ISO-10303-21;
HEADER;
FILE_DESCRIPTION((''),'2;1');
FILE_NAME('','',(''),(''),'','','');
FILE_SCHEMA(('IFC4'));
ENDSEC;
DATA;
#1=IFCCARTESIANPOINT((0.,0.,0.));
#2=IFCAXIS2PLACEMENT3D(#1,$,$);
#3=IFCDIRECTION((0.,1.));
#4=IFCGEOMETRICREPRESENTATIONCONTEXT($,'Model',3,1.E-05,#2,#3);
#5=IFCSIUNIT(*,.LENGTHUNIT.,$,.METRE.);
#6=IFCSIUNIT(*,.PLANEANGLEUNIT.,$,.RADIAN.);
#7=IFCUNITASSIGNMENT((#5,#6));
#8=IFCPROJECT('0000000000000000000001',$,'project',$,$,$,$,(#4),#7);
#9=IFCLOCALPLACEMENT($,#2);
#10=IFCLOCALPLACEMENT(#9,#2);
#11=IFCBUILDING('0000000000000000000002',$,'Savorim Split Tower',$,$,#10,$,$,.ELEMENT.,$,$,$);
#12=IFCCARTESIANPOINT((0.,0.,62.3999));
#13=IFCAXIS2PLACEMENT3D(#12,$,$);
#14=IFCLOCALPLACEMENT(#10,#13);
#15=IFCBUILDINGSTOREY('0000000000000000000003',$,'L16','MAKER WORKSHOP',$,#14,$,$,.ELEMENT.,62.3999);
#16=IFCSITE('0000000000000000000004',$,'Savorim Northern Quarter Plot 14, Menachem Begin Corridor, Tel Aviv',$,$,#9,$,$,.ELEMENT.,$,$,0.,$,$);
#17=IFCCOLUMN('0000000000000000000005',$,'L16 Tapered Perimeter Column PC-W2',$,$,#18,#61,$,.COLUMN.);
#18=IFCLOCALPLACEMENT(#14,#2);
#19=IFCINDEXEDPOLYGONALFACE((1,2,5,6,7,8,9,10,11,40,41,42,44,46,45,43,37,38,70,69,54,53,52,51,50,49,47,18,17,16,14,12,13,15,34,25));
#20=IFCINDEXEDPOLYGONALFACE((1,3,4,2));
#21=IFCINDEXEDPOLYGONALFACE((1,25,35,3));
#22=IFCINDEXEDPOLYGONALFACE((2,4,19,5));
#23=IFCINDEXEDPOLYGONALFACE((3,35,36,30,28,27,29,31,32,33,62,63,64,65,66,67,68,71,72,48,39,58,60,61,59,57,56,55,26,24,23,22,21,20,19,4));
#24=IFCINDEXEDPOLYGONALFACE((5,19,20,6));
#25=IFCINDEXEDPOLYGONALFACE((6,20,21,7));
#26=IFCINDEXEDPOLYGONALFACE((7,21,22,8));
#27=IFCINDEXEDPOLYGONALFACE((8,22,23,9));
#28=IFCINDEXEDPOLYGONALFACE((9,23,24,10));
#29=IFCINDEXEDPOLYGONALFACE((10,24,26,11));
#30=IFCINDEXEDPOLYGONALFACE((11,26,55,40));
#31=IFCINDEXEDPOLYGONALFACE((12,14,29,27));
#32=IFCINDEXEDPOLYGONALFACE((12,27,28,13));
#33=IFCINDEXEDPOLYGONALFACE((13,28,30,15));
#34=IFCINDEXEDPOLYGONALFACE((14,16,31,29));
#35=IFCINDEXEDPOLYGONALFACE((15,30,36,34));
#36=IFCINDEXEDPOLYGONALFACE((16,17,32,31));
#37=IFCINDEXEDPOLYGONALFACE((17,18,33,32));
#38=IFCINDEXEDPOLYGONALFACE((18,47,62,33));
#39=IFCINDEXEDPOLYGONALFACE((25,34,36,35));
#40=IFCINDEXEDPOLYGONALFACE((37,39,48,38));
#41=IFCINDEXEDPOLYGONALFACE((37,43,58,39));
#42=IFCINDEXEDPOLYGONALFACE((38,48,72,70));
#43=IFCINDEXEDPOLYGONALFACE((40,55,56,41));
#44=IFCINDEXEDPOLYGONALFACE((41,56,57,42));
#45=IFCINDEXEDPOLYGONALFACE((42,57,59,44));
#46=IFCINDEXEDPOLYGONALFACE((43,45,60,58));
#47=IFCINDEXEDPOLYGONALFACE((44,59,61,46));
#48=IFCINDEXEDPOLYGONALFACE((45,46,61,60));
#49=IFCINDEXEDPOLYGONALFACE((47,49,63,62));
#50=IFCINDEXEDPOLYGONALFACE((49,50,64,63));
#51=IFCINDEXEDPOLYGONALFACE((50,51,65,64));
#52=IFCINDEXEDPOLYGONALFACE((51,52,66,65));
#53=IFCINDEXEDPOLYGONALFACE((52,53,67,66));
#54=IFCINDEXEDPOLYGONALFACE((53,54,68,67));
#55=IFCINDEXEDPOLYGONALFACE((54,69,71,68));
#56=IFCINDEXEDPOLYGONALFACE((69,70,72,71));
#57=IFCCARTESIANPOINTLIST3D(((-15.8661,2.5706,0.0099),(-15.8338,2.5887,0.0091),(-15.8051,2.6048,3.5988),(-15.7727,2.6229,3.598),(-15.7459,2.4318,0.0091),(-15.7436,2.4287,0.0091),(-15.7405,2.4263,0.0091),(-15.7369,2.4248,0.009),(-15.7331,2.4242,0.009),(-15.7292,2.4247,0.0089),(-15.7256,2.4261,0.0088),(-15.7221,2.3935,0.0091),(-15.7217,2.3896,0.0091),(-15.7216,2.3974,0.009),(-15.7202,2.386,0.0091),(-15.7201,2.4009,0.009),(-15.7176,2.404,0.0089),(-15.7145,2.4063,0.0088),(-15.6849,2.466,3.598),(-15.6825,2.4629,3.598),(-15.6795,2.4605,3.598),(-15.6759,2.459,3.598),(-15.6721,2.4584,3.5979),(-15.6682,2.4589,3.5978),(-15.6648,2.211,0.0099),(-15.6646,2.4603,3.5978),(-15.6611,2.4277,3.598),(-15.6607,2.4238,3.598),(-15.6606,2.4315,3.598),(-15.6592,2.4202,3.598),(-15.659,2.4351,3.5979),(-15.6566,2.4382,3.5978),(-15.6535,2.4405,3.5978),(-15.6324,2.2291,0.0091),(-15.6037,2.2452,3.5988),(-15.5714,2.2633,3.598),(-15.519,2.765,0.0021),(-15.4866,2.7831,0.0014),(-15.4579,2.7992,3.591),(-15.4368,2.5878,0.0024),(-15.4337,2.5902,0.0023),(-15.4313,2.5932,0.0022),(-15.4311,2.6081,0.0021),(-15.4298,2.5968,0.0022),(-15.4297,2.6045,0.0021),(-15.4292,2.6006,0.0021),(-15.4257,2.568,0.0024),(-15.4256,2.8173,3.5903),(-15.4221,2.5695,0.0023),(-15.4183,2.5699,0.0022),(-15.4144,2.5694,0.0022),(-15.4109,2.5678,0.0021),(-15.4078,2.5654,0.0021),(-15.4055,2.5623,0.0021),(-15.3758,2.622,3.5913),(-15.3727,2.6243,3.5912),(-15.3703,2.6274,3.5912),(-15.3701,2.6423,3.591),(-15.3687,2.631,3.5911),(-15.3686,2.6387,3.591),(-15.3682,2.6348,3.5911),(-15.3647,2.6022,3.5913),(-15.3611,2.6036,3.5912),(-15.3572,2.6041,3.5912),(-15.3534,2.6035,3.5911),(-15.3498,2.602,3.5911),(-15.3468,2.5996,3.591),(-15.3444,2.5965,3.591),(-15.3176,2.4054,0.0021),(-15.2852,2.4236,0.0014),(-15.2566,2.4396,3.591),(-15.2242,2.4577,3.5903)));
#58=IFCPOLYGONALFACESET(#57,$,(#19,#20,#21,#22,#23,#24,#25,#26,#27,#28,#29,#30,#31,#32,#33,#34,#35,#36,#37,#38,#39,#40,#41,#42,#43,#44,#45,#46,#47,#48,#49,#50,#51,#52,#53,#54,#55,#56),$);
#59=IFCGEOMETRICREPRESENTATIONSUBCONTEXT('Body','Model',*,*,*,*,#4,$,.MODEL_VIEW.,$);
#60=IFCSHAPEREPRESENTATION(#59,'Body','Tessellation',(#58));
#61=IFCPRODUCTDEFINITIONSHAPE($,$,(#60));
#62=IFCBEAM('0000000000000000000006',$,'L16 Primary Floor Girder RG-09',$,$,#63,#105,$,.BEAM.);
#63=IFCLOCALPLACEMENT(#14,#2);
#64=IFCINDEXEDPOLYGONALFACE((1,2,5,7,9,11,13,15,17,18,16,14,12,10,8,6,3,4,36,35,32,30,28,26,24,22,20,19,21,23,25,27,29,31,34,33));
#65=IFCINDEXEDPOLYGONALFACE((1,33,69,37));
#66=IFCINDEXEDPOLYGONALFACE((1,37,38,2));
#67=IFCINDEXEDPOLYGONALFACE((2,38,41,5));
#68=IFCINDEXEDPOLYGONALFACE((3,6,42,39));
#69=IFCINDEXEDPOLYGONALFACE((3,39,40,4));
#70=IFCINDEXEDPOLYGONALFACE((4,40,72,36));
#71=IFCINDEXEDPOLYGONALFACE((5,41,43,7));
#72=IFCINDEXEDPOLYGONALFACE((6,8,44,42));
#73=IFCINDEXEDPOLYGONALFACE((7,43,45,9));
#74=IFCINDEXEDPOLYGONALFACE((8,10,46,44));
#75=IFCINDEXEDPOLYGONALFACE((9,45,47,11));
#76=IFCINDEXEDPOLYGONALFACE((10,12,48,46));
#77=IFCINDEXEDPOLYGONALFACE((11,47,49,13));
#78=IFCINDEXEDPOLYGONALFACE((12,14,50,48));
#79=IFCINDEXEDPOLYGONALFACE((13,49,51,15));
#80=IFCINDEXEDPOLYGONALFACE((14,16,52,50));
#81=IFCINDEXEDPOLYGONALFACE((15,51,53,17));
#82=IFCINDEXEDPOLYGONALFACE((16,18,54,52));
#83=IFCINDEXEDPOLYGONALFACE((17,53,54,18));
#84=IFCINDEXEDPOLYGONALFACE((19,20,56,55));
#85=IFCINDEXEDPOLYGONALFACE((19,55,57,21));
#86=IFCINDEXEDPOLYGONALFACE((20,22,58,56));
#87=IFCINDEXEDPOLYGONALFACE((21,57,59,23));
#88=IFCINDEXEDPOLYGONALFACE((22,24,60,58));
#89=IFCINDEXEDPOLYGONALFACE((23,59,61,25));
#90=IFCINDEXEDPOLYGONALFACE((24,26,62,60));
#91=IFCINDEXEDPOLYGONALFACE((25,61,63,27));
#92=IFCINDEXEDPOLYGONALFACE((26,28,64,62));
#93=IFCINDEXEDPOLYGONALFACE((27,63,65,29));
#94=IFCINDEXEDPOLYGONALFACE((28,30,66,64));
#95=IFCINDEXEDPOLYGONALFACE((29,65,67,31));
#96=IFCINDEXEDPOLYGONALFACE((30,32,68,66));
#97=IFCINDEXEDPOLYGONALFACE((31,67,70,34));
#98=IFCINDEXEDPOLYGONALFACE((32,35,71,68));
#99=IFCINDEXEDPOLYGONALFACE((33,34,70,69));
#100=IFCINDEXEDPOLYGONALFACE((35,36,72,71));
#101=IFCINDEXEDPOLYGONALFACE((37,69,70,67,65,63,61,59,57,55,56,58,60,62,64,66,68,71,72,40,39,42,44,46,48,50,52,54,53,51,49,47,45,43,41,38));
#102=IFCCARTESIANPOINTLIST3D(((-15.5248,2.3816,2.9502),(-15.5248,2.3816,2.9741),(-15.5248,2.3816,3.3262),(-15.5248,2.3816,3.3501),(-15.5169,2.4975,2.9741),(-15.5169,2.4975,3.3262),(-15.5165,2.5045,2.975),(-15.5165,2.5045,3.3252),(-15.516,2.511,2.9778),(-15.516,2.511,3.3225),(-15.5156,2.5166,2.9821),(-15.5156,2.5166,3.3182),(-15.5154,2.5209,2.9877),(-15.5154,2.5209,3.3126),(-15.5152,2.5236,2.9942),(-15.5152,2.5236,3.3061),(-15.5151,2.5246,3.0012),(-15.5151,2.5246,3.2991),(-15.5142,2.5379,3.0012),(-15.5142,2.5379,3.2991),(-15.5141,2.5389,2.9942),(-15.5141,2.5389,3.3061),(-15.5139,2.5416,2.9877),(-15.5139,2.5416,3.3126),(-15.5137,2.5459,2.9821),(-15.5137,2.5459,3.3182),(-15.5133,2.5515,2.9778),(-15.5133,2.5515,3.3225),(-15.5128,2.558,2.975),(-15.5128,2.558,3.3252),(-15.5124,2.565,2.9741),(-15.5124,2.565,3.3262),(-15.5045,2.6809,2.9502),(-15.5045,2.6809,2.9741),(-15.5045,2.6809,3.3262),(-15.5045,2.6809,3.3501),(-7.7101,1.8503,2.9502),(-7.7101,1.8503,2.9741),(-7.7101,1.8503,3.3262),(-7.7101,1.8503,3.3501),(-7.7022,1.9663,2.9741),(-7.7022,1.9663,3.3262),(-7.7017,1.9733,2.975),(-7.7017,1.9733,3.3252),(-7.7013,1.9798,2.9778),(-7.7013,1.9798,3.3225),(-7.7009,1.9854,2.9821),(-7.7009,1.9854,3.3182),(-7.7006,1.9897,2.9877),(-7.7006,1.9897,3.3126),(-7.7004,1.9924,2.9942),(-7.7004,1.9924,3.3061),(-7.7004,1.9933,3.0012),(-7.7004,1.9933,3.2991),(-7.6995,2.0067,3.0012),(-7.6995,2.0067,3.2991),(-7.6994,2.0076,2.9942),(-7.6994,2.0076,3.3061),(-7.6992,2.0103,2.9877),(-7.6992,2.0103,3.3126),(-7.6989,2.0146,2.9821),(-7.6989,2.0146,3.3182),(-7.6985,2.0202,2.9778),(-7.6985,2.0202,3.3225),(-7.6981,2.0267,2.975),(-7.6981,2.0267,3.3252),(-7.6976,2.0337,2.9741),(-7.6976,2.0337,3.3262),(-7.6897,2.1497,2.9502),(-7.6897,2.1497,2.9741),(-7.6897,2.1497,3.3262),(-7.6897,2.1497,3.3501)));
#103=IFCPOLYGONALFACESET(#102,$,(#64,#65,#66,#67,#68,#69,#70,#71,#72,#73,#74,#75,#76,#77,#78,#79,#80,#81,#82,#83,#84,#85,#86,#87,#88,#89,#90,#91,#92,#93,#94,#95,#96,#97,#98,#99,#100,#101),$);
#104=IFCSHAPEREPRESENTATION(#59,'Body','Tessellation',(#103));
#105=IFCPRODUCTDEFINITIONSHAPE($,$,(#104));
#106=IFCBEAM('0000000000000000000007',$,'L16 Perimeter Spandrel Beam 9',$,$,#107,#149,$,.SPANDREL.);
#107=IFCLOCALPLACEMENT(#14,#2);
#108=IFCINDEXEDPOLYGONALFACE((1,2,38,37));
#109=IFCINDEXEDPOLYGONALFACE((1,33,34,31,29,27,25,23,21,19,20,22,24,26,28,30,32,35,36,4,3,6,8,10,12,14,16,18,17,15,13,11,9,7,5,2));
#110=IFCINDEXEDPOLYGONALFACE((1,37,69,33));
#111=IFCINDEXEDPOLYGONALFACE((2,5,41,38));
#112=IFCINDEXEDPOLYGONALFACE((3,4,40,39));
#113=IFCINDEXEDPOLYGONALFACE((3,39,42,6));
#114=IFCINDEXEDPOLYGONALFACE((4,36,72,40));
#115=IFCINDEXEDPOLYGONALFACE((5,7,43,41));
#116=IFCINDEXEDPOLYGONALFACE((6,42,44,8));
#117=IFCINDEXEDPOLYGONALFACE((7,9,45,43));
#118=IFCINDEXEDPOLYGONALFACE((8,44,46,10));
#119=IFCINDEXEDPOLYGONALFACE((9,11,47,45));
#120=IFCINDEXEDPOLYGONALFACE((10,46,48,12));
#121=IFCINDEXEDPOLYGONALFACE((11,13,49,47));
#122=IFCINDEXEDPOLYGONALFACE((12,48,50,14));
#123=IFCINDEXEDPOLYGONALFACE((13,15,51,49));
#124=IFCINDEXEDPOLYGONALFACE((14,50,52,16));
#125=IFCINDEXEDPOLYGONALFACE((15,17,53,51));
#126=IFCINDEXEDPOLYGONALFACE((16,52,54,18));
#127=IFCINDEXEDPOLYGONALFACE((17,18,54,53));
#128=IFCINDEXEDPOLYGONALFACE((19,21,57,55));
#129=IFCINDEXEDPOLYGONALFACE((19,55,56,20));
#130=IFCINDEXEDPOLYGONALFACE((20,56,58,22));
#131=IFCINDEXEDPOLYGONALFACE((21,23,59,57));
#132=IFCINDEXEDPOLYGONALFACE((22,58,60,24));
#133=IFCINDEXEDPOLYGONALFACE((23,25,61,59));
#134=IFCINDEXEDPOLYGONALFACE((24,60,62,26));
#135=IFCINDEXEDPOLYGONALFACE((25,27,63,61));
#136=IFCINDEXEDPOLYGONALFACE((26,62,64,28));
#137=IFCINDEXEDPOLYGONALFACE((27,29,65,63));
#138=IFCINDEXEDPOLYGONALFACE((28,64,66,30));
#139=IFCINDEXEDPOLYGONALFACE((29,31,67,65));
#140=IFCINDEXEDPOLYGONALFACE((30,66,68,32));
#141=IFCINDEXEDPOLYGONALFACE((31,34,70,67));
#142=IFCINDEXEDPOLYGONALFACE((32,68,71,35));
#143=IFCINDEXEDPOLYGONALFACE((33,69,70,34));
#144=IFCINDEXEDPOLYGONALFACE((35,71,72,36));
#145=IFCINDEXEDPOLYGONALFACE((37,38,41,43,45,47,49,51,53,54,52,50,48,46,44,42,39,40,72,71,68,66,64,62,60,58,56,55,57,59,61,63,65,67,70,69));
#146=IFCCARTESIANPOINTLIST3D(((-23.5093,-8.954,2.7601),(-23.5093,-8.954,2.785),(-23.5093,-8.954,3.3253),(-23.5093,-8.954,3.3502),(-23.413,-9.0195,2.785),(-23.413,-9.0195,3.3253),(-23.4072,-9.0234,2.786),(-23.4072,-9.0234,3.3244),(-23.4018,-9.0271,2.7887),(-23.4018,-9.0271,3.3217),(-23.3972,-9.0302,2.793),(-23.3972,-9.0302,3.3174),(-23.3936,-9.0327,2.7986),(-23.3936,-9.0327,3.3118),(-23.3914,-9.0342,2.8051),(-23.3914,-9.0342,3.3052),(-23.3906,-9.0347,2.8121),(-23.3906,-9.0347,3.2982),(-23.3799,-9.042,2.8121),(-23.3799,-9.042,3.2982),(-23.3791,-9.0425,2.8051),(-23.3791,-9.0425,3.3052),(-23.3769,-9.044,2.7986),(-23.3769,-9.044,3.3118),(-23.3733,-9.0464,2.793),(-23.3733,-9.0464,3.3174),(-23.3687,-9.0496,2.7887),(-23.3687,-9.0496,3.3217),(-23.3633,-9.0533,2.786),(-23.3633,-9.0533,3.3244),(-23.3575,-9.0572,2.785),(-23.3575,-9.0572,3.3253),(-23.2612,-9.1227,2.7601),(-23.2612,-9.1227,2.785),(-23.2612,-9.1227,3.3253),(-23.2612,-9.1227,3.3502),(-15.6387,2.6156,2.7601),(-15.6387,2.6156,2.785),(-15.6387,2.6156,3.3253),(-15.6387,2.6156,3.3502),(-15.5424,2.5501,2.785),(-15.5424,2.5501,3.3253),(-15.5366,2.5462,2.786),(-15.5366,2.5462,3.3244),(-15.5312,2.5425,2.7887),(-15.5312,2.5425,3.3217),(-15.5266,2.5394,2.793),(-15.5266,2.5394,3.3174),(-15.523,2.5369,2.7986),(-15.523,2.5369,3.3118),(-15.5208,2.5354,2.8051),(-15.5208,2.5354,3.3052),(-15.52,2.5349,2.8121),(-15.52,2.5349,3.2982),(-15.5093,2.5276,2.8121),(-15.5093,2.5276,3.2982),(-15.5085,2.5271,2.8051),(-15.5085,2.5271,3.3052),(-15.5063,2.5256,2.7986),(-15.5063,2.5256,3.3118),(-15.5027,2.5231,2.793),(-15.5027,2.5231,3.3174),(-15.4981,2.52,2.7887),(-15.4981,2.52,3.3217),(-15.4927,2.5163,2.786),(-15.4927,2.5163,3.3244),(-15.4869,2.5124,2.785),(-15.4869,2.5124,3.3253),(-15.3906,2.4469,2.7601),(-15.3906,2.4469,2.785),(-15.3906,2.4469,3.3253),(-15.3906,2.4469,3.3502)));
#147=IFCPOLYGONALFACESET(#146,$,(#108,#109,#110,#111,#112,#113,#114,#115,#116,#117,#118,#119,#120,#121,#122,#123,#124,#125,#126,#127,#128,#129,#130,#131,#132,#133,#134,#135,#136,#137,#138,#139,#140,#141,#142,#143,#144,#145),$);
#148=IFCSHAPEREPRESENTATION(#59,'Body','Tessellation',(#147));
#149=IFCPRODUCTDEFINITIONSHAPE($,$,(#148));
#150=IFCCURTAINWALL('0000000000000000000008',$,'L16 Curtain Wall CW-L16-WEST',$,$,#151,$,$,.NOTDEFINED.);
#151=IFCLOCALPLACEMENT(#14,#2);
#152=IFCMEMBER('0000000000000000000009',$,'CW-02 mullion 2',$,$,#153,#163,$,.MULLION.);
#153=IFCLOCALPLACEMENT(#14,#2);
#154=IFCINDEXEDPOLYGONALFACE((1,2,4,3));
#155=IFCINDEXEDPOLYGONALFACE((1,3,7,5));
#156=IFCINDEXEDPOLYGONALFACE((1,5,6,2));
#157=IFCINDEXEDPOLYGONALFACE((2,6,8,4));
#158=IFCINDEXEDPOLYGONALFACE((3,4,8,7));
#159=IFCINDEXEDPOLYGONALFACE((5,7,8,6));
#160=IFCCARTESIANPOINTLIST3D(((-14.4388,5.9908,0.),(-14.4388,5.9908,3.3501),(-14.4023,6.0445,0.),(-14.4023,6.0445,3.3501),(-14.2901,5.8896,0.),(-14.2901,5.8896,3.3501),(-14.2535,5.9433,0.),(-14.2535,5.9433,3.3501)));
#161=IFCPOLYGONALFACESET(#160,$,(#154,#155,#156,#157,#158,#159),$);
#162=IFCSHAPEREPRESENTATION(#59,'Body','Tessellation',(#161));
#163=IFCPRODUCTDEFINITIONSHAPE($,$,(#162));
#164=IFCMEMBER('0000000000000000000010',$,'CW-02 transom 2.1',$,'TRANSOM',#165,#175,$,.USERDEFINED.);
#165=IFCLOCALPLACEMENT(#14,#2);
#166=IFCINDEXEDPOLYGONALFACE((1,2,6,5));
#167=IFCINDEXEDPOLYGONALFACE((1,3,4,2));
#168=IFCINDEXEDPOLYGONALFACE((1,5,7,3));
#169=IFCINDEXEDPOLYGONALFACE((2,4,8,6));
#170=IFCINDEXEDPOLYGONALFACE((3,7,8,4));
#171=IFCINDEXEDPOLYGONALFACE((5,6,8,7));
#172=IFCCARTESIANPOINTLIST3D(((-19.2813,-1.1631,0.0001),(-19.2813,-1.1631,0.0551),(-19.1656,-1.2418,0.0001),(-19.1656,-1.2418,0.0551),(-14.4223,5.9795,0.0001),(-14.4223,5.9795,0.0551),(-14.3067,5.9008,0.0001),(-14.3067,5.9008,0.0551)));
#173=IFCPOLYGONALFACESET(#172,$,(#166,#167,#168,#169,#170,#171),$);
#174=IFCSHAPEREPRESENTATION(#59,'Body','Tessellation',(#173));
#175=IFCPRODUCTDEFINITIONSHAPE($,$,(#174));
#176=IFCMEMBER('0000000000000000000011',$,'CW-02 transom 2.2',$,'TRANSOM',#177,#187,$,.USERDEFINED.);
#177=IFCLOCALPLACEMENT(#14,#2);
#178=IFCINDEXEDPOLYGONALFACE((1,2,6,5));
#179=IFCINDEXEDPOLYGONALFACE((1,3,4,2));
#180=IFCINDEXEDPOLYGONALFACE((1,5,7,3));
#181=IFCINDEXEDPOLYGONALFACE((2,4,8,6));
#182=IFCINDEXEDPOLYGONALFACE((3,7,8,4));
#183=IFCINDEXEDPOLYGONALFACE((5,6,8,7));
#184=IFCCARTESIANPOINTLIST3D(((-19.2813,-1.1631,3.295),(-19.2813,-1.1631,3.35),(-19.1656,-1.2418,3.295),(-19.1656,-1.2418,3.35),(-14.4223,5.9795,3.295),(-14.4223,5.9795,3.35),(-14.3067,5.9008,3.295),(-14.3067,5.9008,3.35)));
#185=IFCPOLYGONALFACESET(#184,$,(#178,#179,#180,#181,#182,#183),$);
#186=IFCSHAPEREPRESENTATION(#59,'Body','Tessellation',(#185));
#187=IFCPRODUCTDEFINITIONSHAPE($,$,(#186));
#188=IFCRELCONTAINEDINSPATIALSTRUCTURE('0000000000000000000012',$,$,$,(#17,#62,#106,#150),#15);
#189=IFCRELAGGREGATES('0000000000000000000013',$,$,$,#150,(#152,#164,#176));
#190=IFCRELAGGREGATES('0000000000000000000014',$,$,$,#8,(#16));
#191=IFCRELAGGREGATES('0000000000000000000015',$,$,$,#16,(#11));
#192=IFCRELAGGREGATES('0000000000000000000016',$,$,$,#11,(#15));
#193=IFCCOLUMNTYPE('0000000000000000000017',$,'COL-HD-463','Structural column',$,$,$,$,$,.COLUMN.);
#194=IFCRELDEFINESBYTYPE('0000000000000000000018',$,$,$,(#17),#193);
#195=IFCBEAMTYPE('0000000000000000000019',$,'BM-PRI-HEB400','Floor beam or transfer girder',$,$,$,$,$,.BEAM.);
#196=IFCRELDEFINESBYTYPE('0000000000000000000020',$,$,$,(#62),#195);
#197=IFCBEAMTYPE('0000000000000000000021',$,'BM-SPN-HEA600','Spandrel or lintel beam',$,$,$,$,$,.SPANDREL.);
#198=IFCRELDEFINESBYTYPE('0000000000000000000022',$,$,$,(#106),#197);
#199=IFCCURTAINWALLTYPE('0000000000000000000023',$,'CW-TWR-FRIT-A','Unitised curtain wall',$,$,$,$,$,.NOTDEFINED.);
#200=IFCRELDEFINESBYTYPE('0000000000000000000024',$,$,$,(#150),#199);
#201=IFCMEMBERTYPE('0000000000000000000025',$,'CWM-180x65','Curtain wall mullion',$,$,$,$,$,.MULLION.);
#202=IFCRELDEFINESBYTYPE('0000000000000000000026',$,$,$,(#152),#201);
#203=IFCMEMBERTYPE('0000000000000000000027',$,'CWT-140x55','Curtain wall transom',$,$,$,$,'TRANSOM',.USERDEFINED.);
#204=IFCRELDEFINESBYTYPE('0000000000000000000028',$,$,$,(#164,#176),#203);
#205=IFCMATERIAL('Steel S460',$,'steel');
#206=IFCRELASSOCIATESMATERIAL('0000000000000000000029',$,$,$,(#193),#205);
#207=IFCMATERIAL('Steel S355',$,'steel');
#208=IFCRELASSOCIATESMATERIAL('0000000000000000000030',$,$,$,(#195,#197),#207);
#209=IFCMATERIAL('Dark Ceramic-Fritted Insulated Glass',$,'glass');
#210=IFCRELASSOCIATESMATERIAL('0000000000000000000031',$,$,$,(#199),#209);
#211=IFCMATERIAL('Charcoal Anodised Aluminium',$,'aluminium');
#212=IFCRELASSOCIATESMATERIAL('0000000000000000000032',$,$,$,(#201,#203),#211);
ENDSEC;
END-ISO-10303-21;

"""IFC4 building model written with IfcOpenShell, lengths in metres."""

from ifc_helpers import new_model, si_unit, direction, frame, origin, origin_2d, place, context, subcontext, project, spatial, rectangle, i_section, extrude, material, material_profile, profile_set, type_object, element, aggregate, save


model = new_model("IFC4")

# Units and contexts
model_context = context("Model", 3, precision=1e-05, world=origin(), true_north=direction((0.0, 1.0)))
body_context = subcontext(model_context, "Body", "Model", "MODEL_VIEW")
ifc_project = project(units=[si_unit("LENGTHUNIT", "METRE"), si_unit("PLANEANGLEUNIT", "RADIAN")], contexts=[model_context])

# Site, building, storey
site_placement = place(None, origin())
site = spatial("IfcSite", under=ifc_project, at=site_placement, Name="Savorim Northern Quarter Plot 14, Menachem Begin Corridor, Tel Aviv", CompositionType="ELEMENT", RefElevation=0.0)
building_placement = place(site_placement, origin())
building = spatial("IfcBuilding", under=site, at=building_placement, Name="Savorim Split Tower", CompositionType="ELEMENT")
storey_placement = place(building_placement, frame((0.0, 0.0, 62.3999)))
storey = spatial("IfcBuildingStorey", under=building, at=storey_placement, Name="L16", Description="MAKER WORKSHOP", CompositionType="ELEMENT", Elevation=62.3999)

# Column
ifc_material_1 = material(Name="Steel S460", Category="steel")
ifc_material_profile_1 = material_profile(ifc_material_1, i_section(OverallWidth=0.4121, OverallDepth=0.4351, WebThickness=0.0227, FlangeThickness=0.0371, FilletRadius=0.0149, at=origin_2d()), Name="HD 400x463")
ifc_profile_set_1 = profile_set([ifc_material_profile_1], Name="Steel S460")
column_type = type_object("IfcColumnType", Name="COL-HD-463", Description="Structural column", PredefinedType="COLUMN", material=ifc_profile_set_1)
column_placement = place(storey_placement, frame((-15.5757, 2.4971, 0.0056), z_axis=(0.017004, 0.009522, 0.99981), x_axis=(-0.488603, 0.872506, 0.0)))
element("IfcColumn", 1, at=column_placement, inside=storey, type_object=column_type, Name="L16 Tapered Perimeter Column PC-W2", PredefinedType="COLUMN", context=body_context, shape_type="SweptSolid", body=[
    extrude(i_section(OverallWidth=0.4121, OverallDepth=0.4351, WebThickness=0.0227, FlangeThickness=0.0371, FilletRadius=0.0149, at=origin_2d()), origin(), (0.0, 0.0, 1.0), 3.5896),
])

# Beams
ifc_material_2 = material(Name="Steel S355", Category="steel")
ifc_material_profile_2 = material_profile(ifc_material_2, i_section(OverallWidth=0.3, OverallDepth=0.3999, WebThickness=0.0134, FlangeThickness=0.0239, FilletRadius=0.0271, at=origin_2d()), Name="HEB 400")
ifc_profile_set_2 = profile_set([ifc_material_profile_2], Name="Steel S355")
beam_type_1 = type_object("IfcBeamType", Name="BM-PRI-HEB400", Description="Floor beam or transfer girder", PredefinedType="BEAM", material=ifc_profile_set_2)
beam_1_placement = place(storey_placement, frame((-15.5146, 2.5312, 3.1501), z_axis=(0.997697, -0.067824, 0.0), x_axis=(0.067824, 0.997697, 0.0)))
element("IfcBeam", 2, at=beam_1_placement, inside=storey, type_object=beam_type_1, Name="L16 Primary Floor Girder RG-09", PredefinedType="BEAM", context=body_context, shape_type="SweptSolid", body=[
    extrude(i_section(OverallWidth=0.3, OverallDepth=0.3999, WebThickness=0.0134, FlangeThickness=0.0239, FilletRadius=0.0271, at=origin_2d()), origin(), (0.0, 0.0, 1.0), 7.8328),
])
ifc_material_profile_3 = material_profile(ifc_material_2, i_section(OverallWidth=0.3, OverallDepth=0.5901, WebThickness=0.0129, FlangeThickness=0.0249, FilletRadius=0.0271, at=origin_2d()), Name="HEA 600")
ifc_profile_set_3 = profile_set([ifc_material_profile_3], Name="Steel S355")
beam_type_2 = type_object("IfcBeamType", Name="BM-SPN-HEA600", Description="Spandrel or lintel beam", PredefinedType="SPANDREL", material=ifc_profile_set_3)
beam_2_placement = place(storey_placement, frame((-15.5146, 2.5312, 3.0552), z_axis=(-0.562471, -0.826817, 0.0), x_axis=(0.826817, -0.562471, 0.0)))
element("IfcBeam", 3, at=beam_2_placement, inside=storey, type_object=beam_type_2, Name="L16 Perimeter Spandrel Beam 9", PredefinedType="SPANDREL", context=body_context, shape_type="SweptSolid", body=[
    extrude(i_section(OverallWidth=0.3, OverallDepth=0.5901, WebThickness=0.0129, FlangeThickness=0.0249, FilletRadius=0.0271, at=origin_2d()), origin(), (0.0, 0.0, 1.0), 13.9929),
])

# Curtain wall, members
ifc_material_3 = material(Name="Dark Ceramic-Fritted Insulated Glass", Category="glass")
curtain_wall_type = type_object("IfcCurtainWallType", Name="CW-TWR-FRIT-A", Description="Unitised curtain wall", PredefinedType="NOTDEFINED", material=ifc_material_3)
curtain_wall_placement = place(storey_placement, origin())
curtain_wall = element("IfcCurtainWall", 4, at=curtain_wall_placement, inside=storey, type_object=curtain_wall_type, Name="L16 Curtain Wall CW-L16-WEST", PredefinedType="NOTDEFINED")
ifc_material_4 = material(Name="Charcoal Anodised Aluminium", Category="aluminium")
ifc_material_profile_4 = material_profile(ifc_material_4, rectangle(XDim=0.1799, YDim=0.0649, at=origin_2d()), Name="ALU-M 180x65")
ifc_profile_set_4 = profile_set([ifc_material_profile_4], Name="Charcoal Anodised Aluminium")
member_type_1 = type_object("IfcMemberType", Name="CWM-180x65", Description="Curtain wall mullion", PredefinedType="MULLION", material=ifc_profile_set_4)
member_1_placement = place(storey_placement, frame((-14.3462, 5.967, 0.0), z_axis=(0.0, 0.0, 1.0), x_axis=(0.82682, -0.562466, 0.0)))
member_1 = element("IfcMember", 5, at=member_1_placement, type_object=member_type_1, Name="CW-02 mullion 2", PredefinedType="MULLION", context=body_context, shape_type="SweptSolid", body=[
    extrude(rectangle(XDim=0.1799, YDim=0.0649, at=origin_2d()), origin(), (0.0, 0.0, 1.0), 3.3501),
])
ifc_material_profile_5 = material_profile(ifc_material_4, rectangle(XDim=0.1399, YDim=0.0549, at=origin_2d()), Name="ALU-T 140x55")
ifc_profile_set_5 = profile_set([ifc_material_profile_5], Name="Charcoal Anodised Aluminium")
member_type_2 = type_object("IfcMemberType", Name="CWT-140x55", Description="Curtain wall transom", ElementType="TRANSOM", PredefinedType="USERDEFINED", material=ifc_profile_set_5)
member_2_placement = place(storey_placement, frame((-14.3645, 5.9402, 0.0276), z_axis=(-0.562463, -0.826822, 0.0), x_axis=(0.826822, -0.562463, 0.0)))
member_2 = element("IfcMember", 6, at=member_2_placement, type_object=member_type_2, Name="CW-02 transom 2.1", ObjectType="TRANSOM", PredefinedType="USERDEFINED", context=body_context, shape_type="SweptSolid", body=[
    extrude(rectangle(XDim=0.1399, YDim=0.0549, at=origin_2d()), origin(), (0.0, 0.0, 1.0), 8.6387),
])
member_3_placement = place(storey_placement, frame((-14.3645, 5.9402, 3.3225), z_axis=(-0.562463, -0.826822, 0.0), x_axis=(0.826822, -0.562463, 0.0)))
member_3 = element("IfcMember", 7, at=member_3_placement, type_object=member_type_2, Name="CW-02 transom 2.2", ObjectType="TRANSOM", PredefinedType="USERDEFINED", context=body_context, shape_type="SweptSolid", body=[
    extrude(rectangle(XDim=0.1399, YDim=0.0549, at=origin_2d()), origin(), (0.0, 0.0, 1.0), 8.6387),
])
aggregate(curtain_wall, [member_1, member_2, member_3])

save(model, "model.ifc")
